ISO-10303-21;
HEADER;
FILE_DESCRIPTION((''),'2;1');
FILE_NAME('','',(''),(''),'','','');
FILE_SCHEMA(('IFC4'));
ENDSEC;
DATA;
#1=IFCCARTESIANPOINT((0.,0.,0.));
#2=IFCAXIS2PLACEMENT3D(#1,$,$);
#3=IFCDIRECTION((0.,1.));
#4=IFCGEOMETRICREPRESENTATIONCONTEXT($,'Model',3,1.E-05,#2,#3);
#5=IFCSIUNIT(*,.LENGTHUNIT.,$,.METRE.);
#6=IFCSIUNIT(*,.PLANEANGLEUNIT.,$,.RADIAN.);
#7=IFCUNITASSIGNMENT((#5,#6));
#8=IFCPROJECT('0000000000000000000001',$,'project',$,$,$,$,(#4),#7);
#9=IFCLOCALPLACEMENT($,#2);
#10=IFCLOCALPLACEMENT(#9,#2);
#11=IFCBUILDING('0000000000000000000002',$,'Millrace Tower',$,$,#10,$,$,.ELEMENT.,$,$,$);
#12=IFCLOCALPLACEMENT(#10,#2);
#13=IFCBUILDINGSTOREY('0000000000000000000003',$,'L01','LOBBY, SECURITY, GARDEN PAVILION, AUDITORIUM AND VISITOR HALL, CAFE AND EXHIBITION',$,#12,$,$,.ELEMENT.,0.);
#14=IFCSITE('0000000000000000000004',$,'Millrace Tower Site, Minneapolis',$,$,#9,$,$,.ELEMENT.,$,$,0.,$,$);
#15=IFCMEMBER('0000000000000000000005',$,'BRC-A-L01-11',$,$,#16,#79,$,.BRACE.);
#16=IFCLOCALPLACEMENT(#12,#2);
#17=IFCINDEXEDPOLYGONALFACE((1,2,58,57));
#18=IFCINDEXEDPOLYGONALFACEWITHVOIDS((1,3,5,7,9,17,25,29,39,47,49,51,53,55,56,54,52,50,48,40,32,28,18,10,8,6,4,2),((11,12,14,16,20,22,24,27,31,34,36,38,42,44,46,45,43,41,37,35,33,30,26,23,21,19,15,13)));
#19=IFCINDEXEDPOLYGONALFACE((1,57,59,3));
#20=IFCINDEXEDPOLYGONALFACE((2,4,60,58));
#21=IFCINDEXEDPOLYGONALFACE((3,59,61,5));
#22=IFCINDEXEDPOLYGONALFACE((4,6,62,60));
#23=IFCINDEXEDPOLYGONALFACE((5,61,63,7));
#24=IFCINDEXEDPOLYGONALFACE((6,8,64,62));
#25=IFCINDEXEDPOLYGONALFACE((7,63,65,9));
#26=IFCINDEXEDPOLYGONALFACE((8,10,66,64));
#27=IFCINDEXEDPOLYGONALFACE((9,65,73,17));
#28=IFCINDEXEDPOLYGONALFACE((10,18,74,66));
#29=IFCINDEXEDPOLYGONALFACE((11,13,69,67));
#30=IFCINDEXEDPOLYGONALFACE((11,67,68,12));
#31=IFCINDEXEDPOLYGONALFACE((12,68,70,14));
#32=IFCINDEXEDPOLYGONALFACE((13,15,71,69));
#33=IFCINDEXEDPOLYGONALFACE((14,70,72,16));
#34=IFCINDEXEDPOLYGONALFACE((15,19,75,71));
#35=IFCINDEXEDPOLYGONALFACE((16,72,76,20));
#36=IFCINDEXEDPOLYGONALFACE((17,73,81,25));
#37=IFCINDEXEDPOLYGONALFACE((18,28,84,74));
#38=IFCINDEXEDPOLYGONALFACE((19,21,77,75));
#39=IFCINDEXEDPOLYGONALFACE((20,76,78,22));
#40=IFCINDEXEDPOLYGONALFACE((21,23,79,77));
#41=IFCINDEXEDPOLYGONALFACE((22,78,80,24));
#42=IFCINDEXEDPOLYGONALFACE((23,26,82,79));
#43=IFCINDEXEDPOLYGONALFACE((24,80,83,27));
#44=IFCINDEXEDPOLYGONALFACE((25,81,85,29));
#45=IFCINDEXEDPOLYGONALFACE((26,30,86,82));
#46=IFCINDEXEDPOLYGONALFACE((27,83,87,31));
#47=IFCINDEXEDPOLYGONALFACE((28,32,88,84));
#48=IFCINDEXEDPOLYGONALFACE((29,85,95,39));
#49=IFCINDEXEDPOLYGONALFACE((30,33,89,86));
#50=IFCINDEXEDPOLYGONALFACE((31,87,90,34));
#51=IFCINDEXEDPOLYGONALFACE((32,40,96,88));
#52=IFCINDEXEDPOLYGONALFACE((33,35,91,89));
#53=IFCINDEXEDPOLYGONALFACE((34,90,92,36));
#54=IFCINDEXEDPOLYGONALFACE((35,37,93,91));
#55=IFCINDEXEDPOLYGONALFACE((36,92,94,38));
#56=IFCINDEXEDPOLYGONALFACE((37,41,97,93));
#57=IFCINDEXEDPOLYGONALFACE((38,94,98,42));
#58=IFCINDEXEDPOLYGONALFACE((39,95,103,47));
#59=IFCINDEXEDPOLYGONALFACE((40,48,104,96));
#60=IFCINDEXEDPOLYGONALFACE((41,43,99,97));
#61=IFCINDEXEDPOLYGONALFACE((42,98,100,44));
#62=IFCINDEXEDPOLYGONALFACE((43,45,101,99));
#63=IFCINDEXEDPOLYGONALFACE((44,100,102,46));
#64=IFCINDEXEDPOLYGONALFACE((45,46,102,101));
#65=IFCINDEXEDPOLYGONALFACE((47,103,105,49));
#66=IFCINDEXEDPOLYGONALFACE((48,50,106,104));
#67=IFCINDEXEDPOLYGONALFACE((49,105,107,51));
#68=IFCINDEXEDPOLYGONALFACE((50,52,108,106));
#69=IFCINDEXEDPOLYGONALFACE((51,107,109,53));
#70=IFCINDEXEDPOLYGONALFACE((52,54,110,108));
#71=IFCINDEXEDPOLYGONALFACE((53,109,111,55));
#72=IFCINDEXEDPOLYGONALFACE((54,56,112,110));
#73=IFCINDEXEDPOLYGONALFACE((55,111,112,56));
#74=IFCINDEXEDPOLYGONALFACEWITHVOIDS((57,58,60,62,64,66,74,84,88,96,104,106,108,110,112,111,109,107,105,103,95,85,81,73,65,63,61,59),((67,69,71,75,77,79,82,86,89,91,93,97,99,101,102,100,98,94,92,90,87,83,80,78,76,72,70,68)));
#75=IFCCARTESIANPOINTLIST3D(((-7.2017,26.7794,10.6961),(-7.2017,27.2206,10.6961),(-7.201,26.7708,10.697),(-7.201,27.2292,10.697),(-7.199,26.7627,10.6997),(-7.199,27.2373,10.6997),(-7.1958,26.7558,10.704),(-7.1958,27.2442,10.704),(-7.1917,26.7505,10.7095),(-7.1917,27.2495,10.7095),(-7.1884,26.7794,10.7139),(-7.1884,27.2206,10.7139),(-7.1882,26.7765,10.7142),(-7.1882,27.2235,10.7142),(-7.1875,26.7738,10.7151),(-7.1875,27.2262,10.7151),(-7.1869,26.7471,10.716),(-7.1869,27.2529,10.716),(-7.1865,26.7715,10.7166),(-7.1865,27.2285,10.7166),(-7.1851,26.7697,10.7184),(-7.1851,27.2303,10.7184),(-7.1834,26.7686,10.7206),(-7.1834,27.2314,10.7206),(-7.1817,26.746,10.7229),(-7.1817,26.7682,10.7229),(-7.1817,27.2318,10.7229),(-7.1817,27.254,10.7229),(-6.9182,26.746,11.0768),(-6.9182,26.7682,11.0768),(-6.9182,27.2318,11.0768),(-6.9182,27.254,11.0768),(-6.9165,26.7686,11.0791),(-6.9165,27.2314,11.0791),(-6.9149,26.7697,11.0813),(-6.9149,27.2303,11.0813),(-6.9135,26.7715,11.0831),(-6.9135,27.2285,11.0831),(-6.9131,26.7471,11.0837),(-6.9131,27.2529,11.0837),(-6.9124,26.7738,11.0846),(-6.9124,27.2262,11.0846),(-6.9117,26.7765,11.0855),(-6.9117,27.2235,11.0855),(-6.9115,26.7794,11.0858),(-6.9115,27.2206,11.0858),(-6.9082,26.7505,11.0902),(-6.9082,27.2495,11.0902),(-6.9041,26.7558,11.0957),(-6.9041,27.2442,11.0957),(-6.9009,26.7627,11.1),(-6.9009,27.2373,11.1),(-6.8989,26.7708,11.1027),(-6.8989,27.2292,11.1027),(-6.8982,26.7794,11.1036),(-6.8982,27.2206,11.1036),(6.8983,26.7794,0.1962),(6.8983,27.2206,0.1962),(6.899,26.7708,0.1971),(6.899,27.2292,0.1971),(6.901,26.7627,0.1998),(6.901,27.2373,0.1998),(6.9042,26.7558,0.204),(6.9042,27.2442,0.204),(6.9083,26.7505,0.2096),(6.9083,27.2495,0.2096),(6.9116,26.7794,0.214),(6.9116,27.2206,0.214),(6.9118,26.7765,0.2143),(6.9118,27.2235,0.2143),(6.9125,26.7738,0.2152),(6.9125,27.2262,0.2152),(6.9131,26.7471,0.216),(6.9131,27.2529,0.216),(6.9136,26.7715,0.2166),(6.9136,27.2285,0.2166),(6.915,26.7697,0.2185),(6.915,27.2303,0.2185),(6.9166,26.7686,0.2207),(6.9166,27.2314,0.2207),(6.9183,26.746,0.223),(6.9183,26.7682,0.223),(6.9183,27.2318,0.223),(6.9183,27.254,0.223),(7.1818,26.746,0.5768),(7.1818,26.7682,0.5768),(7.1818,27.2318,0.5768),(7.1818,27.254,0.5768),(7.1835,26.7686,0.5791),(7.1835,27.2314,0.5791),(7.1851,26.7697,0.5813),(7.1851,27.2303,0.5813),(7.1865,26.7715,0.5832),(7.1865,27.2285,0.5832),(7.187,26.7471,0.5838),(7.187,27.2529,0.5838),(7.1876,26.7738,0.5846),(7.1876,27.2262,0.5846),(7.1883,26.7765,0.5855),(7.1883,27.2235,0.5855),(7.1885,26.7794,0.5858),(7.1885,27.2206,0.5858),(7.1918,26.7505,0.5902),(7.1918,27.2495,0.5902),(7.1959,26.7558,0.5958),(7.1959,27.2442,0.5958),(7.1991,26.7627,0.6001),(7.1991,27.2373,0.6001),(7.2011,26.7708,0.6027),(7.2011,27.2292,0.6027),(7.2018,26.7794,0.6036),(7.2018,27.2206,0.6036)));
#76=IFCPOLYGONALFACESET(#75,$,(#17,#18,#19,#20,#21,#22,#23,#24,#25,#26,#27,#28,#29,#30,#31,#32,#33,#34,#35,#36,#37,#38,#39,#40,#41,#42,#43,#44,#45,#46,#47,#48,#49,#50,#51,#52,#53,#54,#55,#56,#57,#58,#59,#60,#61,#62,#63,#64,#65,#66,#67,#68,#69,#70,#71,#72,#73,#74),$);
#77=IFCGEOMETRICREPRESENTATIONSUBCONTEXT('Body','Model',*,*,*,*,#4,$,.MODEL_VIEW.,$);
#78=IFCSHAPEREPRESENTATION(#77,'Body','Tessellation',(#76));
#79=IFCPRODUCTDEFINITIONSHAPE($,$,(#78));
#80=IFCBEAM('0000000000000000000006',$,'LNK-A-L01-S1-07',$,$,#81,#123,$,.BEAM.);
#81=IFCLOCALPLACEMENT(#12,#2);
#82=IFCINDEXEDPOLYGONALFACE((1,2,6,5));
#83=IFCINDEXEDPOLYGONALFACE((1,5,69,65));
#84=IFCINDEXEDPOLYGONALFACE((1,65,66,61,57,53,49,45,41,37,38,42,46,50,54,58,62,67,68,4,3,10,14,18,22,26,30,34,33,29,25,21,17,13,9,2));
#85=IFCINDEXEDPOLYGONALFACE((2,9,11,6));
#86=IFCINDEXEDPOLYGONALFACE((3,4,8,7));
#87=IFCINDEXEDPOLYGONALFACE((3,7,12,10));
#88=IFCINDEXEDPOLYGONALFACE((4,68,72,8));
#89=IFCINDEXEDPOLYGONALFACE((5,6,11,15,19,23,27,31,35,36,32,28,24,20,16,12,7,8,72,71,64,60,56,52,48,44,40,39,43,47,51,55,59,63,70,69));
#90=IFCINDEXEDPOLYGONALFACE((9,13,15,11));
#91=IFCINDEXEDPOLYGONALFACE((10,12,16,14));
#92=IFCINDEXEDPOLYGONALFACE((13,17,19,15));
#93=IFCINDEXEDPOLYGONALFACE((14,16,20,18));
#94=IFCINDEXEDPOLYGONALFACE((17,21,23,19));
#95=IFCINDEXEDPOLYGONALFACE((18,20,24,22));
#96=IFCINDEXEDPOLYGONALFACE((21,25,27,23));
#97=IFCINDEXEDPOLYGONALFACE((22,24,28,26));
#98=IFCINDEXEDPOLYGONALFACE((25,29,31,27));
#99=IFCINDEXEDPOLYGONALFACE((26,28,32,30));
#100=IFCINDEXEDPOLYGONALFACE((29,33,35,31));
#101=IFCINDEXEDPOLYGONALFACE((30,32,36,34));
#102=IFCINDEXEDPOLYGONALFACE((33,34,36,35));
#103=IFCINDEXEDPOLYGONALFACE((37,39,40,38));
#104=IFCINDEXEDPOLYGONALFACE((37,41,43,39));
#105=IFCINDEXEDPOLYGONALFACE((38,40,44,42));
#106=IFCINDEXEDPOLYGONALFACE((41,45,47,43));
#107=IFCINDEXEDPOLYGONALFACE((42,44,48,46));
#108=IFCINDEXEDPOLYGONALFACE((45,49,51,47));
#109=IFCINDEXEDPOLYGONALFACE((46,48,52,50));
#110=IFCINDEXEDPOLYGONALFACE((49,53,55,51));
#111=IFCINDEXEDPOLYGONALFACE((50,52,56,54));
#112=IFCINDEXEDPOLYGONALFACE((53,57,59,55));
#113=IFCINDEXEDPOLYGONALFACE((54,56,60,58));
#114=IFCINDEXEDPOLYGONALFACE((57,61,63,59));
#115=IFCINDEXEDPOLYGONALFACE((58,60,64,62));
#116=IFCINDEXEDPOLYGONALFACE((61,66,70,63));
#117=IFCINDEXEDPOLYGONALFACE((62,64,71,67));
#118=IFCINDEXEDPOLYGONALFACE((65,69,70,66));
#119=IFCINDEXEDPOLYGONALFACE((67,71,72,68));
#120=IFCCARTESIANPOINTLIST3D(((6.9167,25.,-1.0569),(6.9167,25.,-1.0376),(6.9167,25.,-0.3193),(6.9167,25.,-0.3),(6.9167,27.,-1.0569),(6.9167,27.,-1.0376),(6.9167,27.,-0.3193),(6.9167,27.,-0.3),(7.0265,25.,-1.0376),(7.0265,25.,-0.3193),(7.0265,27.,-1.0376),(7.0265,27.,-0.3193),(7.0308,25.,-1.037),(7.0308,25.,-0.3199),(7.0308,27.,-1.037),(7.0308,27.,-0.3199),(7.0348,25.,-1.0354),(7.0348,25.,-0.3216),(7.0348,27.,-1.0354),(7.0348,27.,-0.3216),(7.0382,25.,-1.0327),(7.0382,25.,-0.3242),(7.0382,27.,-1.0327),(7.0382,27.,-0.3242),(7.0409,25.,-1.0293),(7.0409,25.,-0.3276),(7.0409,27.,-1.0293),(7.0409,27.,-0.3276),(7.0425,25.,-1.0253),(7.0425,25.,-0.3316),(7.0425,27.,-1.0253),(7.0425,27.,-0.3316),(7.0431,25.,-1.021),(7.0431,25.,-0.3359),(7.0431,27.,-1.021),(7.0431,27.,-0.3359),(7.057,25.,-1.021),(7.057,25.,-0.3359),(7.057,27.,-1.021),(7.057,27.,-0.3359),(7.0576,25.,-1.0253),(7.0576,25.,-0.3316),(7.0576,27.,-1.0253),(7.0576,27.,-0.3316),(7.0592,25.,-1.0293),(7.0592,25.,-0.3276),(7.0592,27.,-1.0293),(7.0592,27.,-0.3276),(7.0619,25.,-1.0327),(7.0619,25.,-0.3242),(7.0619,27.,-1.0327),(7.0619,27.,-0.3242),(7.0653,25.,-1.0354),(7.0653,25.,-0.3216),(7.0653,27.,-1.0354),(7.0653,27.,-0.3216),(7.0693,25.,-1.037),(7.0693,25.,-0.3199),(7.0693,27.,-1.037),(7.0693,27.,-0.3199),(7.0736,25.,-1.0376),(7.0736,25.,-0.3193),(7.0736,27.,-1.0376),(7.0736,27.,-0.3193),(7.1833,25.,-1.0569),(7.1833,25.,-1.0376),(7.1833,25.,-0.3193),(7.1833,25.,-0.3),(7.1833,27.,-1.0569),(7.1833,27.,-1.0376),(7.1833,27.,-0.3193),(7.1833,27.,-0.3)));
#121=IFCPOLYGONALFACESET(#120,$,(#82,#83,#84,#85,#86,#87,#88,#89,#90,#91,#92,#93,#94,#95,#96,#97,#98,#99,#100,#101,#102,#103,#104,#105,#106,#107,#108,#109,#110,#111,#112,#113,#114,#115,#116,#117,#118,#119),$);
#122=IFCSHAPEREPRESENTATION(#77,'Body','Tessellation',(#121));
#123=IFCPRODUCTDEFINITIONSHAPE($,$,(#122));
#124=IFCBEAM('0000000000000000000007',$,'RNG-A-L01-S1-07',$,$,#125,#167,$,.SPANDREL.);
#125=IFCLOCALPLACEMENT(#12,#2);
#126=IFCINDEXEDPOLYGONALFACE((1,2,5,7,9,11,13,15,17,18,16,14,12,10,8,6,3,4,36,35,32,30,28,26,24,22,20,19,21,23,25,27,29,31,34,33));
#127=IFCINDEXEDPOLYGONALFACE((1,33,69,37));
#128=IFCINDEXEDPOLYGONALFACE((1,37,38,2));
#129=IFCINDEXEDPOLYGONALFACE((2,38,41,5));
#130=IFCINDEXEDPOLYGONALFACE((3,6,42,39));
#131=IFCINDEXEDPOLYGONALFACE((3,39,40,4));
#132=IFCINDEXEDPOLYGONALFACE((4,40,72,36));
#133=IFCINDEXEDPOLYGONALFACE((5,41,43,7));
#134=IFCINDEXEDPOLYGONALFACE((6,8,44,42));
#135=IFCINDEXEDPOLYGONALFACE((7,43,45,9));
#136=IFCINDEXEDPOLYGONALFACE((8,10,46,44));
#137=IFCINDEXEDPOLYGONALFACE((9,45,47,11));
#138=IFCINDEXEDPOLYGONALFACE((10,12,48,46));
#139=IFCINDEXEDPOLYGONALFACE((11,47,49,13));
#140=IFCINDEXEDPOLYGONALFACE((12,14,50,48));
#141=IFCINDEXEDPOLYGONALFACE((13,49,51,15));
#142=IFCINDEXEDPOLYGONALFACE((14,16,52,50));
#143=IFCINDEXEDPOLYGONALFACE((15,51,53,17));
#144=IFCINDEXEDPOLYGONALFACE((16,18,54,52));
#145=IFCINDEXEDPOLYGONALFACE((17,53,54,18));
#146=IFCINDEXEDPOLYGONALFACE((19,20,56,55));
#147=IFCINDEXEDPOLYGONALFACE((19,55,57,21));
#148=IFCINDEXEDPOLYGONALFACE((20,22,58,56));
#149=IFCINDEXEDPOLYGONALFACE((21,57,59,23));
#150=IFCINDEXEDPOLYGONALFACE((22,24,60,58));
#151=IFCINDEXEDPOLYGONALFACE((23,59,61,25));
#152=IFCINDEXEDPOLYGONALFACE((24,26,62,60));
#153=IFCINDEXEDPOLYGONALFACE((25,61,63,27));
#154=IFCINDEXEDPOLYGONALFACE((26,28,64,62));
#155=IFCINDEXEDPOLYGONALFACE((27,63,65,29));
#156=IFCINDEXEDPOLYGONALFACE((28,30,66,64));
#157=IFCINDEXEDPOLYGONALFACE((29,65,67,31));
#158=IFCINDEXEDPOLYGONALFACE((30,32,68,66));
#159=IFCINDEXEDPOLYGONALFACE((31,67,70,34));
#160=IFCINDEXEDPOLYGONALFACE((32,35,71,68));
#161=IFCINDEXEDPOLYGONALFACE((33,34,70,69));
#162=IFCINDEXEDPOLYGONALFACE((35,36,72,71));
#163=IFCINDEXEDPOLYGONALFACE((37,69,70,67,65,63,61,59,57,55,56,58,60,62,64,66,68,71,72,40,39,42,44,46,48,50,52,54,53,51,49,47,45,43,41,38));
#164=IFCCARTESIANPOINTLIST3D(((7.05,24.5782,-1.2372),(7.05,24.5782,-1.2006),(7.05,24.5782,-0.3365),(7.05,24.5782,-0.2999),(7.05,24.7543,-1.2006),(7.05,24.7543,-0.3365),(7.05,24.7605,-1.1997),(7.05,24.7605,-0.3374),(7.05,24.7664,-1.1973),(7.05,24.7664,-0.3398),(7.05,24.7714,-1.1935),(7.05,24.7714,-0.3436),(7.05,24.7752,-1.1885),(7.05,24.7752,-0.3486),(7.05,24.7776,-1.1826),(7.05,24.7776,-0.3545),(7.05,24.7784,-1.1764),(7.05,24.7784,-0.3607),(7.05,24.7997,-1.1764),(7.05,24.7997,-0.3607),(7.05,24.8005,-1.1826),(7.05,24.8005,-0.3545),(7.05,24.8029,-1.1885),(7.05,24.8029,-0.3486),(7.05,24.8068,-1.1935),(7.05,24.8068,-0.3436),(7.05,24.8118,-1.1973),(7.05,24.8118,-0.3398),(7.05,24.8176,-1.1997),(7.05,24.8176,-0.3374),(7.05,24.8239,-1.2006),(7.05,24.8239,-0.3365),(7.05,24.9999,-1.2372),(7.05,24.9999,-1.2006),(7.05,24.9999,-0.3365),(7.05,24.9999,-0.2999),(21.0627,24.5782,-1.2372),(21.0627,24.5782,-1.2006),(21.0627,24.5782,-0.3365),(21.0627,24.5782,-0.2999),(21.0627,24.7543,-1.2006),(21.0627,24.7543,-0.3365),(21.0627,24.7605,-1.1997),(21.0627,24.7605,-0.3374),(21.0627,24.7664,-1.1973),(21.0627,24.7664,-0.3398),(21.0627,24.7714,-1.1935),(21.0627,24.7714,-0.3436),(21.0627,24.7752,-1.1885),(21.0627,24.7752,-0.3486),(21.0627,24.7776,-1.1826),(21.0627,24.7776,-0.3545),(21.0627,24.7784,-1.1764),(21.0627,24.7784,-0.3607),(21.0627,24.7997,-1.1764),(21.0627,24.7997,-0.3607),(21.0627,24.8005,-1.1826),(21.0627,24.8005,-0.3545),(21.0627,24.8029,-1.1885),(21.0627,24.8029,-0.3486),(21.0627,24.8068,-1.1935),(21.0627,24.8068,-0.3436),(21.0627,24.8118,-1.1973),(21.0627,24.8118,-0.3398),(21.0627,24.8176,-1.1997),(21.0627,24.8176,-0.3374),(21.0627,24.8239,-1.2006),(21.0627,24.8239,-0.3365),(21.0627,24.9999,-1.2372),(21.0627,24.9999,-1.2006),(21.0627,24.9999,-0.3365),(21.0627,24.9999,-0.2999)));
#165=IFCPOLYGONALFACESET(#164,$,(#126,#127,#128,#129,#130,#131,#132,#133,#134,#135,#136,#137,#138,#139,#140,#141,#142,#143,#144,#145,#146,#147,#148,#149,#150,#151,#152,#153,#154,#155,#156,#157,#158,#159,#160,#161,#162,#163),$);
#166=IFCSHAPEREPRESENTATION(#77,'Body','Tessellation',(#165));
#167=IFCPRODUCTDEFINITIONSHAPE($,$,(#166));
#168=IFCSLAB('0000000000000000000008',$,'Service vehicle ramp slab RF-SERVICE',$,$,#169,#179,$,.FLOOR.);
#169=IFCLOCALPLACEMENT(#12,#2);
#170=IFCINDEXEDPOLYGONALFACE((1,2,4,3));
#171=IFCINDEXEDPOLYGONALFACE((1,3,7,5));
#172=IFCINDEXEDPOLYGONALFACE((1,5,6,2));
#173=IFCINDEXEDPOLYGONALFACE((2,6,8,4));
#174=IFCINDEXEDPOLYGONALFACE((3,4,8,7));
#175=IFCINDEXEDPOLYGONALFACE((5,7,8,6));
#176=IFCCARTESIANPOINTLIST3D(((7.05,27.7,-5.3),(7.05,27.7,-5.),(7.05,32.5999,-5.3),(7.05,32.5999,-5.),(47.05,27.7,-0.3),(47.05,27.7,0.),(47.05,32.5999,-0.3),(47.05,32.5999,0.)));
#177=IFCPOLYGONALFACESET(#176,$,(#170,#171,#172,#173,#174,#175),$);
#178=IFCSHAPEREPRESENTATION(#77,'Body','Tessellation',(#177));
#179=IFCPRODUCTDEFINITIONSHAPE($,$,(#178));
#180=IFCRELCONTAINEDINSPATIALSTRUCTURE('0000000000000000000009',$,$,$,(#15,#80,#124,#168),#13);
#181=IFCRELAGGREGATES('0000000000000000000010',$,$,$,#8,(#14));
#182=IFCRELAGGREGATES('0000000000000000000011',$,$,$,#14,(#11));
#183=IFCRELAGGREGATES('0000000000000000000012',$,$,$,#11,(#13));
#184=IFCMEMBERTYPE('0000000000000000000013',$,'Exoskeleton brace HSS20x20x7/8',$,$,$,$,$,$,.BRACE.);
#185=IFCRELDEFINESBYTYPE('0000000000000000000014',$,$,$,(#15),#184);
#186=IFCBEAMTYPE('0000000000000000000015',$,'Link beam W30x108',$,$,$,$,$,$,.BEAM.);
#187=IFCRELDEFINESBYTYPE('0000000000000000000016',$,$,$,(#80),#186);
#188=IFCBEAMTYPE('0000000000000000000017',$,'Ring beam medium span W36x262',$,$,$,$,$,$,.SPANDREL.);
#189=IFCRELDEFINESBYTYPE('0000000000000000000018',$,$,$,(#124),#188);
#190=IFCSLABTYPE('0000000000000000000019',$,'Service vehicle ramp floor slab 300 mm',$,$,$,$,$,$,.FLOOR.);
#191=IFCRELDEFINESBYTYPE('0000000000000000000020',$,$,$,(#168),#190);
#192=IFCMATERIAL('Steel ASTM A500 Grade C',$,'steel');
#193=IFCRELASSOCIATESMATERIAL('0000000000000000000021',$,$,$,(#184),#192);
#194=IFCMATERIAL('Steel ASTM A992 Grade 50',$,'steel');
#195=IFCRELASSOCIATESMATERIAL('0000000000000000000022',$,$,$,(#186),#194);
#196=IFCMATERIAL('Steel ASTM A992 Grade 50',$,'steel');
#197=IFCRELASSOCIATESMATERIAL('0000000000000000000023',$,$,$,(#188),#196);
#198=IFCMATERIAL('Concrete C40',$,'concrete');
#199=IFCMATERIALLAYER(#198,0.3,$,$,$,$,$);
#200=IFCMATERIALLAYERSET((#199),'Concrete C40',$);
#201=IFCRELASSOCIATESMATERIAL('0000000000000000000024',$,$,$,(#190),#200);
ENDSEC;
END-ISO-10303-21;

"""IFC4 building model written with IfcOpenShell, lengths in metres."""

from ifc_helpers import new_model, si_unit, direction, frame, origin, origin_2d, place, context, subcontext, project, spatial, polyline, hollow_rectangle, i_section, outline, extrude, material, layer, layer_set, material_profile, profile_set, type_object, element, save


model = new_model("IFC4")

# Units and contexts
model_context = context("Model", 3, precision=1e-05, world=origin(), true_north=direction((0.0, 1.0)))
body_context = subcontext(model_context, "Body", "Model", "MODEL_VIEW")
ifc_project = project(units=[si_unit("LENGTHUNIT", "METRE"), si_unit("PLANEANGLEUNIT", "RADIAN")], contexts=[model_context])

# Site, building, storey
site_placement = place(None, origin())
site = spatial("IfcSite", under=ifc_project, at=site_placement, Name="Millrace Tower Site, Minneapolis", CompositionType="ELEMENT", RefElevation=0.0)
building_placement = place(site_placement, origin())
building = spatial("IfcBuilding", under=site, at=building_placement, Name="Millrace Tower", CompositionType="ELEMENT")
storey_placement = place(building_placement, origin())
storey = spatial("IfcBuildingStorey", under=building, at=storey_placement, Name="L01", Description="LOBBY, SECURITY, GARDEN PAVILION, AUDITORIUM AND VISITOR HALL, CAFE AND EXHIBITION", CompositionType="ELEMENT", Elevation=0.0)

# Member
ifc_material_1 = material(Name="Steel ASTM A500 Grade C", Category="steel")
ifc_material_profile_1 = material_profile(ifc_material_1, hollow_rectangle(XDim=0.5081, YDim=0.5081, WallThickness=0.0222, InnerFilletRadius=0.0112, OuterFilletRadius=0.0334, at=origin_2d()))
ifc_profile_set_1 = profile_set([ifc_material_profile_1], Name="Steel ASTM A500 Grade C")
member_type_1 = type_object("IfcMemberType", Name="Exoskeleton brace HSS20x20x7/8", PredefinedType="BRACE", material=ifc_profile_set_1)
member_1_placement = place(storey_placement, frame((7.05, 27.0, 0.3999), z_axis=(-0.802045, 0.0, 0.597263), x_axis=(0.0, -1.0, 0.0)))
element("IfcMember", 1, at=member_1_placement, inside=storey, type_object=member_type_1, Name="BRC-A-L01-11", PredefinedType="BRACE", context=body_context, shape_type="SweptSolid", body=[
    extrude(hollow_rectangle(XDim=0.5081, YDim=0.5081, WallThickness=0.0222, InnerFilletRadius=0.0112, OuterFilletRadius=0.0334, at=origin_2d()), origin(), (0.0, 0.0, 1.0), 17.5801),
])

# Beams
ifc_material_2 = material(Name="Steel ASTM A992 Grade 50", Category="steel")
ifc_material_profile_2 = material_profile(ifc_material_2, i_section(OverallWidth=0.2666, OverallDepth=0.7568, WebThickness=0.0139, FlangeThickness=0.0193, FilletRadius=0.0166, at=origin_2d()))
ifc_profile_set_2 = profile_set([ifc_material_profile_2], Name="Steel ASTM A992 Grade 50")
beam_type_1 = type_object("IfcBeamType", Name="Link beam W30x108", PredefinedType="BEAM", material=ifc_profile_set_2)
beam_1_placement = place(storey_placement, frame((7.05, 25.0, -0.6785), z_axis=(0.0, 1.0, 0.0), x_axis=(-1.0, 0.0, 0.0)))
element("IfcBeam", 2, at=beam_1_placement, inside=storey, type_object=beam_type_1, Name="LNK-A-L01-S1-07", PredefinedType="BEAM", context=body_context, shape_type="SweptSolid", body=[
    extrude(i_section(OverallWidth=0.2666, OverallDepth=0.7568, WebThickness=0.0139, FlangeThickness=0.0193, FilletRadius=0.0166, at=origin_2d()), origin(), (0.0, 0.0, 1.0), 2.0),
])
ifc_material_3 = material(Name="Steel ASTM A992 Grade 50", Category="steel")
ifc_material_profile_3 = material_profile(ifc_material_3, i_section(OverallWidth=0.4216, OverallDepth=0.9373, WebThickness=0.0212, FlangeThickness=0.0366, FilletRadius=0.0242, at=origin_2d()))
ifc_profile_set_3 = profile_set([ifc_material_profile_3], Name="Steel ASTM A992 Grade 50")
beam_type_2 = type_object("IfcBeamType", Name="Ring beam medium span W36x262", PredefinedType="SPANDREL", material=ifc_profile_set_3)
beam_2_placement = place(storey_placement, frame((7.05, 24.7891, -0.7686), z_axis=(1.0, 0.0, 0.0), x_axis=(0.0, 1.0, 0.0)))
element("IfcBeam", 3, at=beam_2_placement, inside=storey, type_object=beam_type_2, Name="RNG-A-L01-S1-07", PredefinedType="SPANDREL", context=body_context, shape_type="SweptSolid", body=[
    extrude(i_section(OverallWidth=0.4216, OverallDepth=0.9373, WebThickness=0.0212, FlangeThickness=0.0366, FilletRadius=0.0242, at=origin_2d()), origin(), (0.0, 0.0, 1.0), 14.0127),
])

# Slab
ifc_material_4 = material(Name="Concrete C40", Category="concrete")
ifc_layer_1 = layer(ifc_material_4, 0.3)
ifc_layer_set_1 = layer_set([ifc_layer_1], Name="Concrete C40")
slab_type = type_object("IfcSlabType", Name="Service vehicle ramp floor slab 300 mm", PredefinedType="FLOOR", material=ifc_layer_set_1)
slab_placement = place(storey_placement, frame((7.05, 30.1499, -5.3), z_axis=(0.0, 0.0, 1.0), x_axis=(1.0, 0.0, 0.0)))
element("IfcSlab", 4, at=slab_placement, inside=storey, type_object=slab_type, Name="Service vehicle ramp slab RF-SERVICE", PredefinedType="FLOOR", context=body_context, shape_type="SweptSolid", body=[
    extrude(outline(polyline([(0.0, 0.0), (40.0, 5.0), (40.0, 5.3), (0.0, 0.3), (0.0, 0.0)])), frame((0.0, 2.45, 0.0), z_axis=(0.0, -1.0, 0.0), x_axis=(1.0, 0.0, 0.0)), (0.0, 0.0, 1.0), 4.8999),
])

save(model, "model.ifc")
